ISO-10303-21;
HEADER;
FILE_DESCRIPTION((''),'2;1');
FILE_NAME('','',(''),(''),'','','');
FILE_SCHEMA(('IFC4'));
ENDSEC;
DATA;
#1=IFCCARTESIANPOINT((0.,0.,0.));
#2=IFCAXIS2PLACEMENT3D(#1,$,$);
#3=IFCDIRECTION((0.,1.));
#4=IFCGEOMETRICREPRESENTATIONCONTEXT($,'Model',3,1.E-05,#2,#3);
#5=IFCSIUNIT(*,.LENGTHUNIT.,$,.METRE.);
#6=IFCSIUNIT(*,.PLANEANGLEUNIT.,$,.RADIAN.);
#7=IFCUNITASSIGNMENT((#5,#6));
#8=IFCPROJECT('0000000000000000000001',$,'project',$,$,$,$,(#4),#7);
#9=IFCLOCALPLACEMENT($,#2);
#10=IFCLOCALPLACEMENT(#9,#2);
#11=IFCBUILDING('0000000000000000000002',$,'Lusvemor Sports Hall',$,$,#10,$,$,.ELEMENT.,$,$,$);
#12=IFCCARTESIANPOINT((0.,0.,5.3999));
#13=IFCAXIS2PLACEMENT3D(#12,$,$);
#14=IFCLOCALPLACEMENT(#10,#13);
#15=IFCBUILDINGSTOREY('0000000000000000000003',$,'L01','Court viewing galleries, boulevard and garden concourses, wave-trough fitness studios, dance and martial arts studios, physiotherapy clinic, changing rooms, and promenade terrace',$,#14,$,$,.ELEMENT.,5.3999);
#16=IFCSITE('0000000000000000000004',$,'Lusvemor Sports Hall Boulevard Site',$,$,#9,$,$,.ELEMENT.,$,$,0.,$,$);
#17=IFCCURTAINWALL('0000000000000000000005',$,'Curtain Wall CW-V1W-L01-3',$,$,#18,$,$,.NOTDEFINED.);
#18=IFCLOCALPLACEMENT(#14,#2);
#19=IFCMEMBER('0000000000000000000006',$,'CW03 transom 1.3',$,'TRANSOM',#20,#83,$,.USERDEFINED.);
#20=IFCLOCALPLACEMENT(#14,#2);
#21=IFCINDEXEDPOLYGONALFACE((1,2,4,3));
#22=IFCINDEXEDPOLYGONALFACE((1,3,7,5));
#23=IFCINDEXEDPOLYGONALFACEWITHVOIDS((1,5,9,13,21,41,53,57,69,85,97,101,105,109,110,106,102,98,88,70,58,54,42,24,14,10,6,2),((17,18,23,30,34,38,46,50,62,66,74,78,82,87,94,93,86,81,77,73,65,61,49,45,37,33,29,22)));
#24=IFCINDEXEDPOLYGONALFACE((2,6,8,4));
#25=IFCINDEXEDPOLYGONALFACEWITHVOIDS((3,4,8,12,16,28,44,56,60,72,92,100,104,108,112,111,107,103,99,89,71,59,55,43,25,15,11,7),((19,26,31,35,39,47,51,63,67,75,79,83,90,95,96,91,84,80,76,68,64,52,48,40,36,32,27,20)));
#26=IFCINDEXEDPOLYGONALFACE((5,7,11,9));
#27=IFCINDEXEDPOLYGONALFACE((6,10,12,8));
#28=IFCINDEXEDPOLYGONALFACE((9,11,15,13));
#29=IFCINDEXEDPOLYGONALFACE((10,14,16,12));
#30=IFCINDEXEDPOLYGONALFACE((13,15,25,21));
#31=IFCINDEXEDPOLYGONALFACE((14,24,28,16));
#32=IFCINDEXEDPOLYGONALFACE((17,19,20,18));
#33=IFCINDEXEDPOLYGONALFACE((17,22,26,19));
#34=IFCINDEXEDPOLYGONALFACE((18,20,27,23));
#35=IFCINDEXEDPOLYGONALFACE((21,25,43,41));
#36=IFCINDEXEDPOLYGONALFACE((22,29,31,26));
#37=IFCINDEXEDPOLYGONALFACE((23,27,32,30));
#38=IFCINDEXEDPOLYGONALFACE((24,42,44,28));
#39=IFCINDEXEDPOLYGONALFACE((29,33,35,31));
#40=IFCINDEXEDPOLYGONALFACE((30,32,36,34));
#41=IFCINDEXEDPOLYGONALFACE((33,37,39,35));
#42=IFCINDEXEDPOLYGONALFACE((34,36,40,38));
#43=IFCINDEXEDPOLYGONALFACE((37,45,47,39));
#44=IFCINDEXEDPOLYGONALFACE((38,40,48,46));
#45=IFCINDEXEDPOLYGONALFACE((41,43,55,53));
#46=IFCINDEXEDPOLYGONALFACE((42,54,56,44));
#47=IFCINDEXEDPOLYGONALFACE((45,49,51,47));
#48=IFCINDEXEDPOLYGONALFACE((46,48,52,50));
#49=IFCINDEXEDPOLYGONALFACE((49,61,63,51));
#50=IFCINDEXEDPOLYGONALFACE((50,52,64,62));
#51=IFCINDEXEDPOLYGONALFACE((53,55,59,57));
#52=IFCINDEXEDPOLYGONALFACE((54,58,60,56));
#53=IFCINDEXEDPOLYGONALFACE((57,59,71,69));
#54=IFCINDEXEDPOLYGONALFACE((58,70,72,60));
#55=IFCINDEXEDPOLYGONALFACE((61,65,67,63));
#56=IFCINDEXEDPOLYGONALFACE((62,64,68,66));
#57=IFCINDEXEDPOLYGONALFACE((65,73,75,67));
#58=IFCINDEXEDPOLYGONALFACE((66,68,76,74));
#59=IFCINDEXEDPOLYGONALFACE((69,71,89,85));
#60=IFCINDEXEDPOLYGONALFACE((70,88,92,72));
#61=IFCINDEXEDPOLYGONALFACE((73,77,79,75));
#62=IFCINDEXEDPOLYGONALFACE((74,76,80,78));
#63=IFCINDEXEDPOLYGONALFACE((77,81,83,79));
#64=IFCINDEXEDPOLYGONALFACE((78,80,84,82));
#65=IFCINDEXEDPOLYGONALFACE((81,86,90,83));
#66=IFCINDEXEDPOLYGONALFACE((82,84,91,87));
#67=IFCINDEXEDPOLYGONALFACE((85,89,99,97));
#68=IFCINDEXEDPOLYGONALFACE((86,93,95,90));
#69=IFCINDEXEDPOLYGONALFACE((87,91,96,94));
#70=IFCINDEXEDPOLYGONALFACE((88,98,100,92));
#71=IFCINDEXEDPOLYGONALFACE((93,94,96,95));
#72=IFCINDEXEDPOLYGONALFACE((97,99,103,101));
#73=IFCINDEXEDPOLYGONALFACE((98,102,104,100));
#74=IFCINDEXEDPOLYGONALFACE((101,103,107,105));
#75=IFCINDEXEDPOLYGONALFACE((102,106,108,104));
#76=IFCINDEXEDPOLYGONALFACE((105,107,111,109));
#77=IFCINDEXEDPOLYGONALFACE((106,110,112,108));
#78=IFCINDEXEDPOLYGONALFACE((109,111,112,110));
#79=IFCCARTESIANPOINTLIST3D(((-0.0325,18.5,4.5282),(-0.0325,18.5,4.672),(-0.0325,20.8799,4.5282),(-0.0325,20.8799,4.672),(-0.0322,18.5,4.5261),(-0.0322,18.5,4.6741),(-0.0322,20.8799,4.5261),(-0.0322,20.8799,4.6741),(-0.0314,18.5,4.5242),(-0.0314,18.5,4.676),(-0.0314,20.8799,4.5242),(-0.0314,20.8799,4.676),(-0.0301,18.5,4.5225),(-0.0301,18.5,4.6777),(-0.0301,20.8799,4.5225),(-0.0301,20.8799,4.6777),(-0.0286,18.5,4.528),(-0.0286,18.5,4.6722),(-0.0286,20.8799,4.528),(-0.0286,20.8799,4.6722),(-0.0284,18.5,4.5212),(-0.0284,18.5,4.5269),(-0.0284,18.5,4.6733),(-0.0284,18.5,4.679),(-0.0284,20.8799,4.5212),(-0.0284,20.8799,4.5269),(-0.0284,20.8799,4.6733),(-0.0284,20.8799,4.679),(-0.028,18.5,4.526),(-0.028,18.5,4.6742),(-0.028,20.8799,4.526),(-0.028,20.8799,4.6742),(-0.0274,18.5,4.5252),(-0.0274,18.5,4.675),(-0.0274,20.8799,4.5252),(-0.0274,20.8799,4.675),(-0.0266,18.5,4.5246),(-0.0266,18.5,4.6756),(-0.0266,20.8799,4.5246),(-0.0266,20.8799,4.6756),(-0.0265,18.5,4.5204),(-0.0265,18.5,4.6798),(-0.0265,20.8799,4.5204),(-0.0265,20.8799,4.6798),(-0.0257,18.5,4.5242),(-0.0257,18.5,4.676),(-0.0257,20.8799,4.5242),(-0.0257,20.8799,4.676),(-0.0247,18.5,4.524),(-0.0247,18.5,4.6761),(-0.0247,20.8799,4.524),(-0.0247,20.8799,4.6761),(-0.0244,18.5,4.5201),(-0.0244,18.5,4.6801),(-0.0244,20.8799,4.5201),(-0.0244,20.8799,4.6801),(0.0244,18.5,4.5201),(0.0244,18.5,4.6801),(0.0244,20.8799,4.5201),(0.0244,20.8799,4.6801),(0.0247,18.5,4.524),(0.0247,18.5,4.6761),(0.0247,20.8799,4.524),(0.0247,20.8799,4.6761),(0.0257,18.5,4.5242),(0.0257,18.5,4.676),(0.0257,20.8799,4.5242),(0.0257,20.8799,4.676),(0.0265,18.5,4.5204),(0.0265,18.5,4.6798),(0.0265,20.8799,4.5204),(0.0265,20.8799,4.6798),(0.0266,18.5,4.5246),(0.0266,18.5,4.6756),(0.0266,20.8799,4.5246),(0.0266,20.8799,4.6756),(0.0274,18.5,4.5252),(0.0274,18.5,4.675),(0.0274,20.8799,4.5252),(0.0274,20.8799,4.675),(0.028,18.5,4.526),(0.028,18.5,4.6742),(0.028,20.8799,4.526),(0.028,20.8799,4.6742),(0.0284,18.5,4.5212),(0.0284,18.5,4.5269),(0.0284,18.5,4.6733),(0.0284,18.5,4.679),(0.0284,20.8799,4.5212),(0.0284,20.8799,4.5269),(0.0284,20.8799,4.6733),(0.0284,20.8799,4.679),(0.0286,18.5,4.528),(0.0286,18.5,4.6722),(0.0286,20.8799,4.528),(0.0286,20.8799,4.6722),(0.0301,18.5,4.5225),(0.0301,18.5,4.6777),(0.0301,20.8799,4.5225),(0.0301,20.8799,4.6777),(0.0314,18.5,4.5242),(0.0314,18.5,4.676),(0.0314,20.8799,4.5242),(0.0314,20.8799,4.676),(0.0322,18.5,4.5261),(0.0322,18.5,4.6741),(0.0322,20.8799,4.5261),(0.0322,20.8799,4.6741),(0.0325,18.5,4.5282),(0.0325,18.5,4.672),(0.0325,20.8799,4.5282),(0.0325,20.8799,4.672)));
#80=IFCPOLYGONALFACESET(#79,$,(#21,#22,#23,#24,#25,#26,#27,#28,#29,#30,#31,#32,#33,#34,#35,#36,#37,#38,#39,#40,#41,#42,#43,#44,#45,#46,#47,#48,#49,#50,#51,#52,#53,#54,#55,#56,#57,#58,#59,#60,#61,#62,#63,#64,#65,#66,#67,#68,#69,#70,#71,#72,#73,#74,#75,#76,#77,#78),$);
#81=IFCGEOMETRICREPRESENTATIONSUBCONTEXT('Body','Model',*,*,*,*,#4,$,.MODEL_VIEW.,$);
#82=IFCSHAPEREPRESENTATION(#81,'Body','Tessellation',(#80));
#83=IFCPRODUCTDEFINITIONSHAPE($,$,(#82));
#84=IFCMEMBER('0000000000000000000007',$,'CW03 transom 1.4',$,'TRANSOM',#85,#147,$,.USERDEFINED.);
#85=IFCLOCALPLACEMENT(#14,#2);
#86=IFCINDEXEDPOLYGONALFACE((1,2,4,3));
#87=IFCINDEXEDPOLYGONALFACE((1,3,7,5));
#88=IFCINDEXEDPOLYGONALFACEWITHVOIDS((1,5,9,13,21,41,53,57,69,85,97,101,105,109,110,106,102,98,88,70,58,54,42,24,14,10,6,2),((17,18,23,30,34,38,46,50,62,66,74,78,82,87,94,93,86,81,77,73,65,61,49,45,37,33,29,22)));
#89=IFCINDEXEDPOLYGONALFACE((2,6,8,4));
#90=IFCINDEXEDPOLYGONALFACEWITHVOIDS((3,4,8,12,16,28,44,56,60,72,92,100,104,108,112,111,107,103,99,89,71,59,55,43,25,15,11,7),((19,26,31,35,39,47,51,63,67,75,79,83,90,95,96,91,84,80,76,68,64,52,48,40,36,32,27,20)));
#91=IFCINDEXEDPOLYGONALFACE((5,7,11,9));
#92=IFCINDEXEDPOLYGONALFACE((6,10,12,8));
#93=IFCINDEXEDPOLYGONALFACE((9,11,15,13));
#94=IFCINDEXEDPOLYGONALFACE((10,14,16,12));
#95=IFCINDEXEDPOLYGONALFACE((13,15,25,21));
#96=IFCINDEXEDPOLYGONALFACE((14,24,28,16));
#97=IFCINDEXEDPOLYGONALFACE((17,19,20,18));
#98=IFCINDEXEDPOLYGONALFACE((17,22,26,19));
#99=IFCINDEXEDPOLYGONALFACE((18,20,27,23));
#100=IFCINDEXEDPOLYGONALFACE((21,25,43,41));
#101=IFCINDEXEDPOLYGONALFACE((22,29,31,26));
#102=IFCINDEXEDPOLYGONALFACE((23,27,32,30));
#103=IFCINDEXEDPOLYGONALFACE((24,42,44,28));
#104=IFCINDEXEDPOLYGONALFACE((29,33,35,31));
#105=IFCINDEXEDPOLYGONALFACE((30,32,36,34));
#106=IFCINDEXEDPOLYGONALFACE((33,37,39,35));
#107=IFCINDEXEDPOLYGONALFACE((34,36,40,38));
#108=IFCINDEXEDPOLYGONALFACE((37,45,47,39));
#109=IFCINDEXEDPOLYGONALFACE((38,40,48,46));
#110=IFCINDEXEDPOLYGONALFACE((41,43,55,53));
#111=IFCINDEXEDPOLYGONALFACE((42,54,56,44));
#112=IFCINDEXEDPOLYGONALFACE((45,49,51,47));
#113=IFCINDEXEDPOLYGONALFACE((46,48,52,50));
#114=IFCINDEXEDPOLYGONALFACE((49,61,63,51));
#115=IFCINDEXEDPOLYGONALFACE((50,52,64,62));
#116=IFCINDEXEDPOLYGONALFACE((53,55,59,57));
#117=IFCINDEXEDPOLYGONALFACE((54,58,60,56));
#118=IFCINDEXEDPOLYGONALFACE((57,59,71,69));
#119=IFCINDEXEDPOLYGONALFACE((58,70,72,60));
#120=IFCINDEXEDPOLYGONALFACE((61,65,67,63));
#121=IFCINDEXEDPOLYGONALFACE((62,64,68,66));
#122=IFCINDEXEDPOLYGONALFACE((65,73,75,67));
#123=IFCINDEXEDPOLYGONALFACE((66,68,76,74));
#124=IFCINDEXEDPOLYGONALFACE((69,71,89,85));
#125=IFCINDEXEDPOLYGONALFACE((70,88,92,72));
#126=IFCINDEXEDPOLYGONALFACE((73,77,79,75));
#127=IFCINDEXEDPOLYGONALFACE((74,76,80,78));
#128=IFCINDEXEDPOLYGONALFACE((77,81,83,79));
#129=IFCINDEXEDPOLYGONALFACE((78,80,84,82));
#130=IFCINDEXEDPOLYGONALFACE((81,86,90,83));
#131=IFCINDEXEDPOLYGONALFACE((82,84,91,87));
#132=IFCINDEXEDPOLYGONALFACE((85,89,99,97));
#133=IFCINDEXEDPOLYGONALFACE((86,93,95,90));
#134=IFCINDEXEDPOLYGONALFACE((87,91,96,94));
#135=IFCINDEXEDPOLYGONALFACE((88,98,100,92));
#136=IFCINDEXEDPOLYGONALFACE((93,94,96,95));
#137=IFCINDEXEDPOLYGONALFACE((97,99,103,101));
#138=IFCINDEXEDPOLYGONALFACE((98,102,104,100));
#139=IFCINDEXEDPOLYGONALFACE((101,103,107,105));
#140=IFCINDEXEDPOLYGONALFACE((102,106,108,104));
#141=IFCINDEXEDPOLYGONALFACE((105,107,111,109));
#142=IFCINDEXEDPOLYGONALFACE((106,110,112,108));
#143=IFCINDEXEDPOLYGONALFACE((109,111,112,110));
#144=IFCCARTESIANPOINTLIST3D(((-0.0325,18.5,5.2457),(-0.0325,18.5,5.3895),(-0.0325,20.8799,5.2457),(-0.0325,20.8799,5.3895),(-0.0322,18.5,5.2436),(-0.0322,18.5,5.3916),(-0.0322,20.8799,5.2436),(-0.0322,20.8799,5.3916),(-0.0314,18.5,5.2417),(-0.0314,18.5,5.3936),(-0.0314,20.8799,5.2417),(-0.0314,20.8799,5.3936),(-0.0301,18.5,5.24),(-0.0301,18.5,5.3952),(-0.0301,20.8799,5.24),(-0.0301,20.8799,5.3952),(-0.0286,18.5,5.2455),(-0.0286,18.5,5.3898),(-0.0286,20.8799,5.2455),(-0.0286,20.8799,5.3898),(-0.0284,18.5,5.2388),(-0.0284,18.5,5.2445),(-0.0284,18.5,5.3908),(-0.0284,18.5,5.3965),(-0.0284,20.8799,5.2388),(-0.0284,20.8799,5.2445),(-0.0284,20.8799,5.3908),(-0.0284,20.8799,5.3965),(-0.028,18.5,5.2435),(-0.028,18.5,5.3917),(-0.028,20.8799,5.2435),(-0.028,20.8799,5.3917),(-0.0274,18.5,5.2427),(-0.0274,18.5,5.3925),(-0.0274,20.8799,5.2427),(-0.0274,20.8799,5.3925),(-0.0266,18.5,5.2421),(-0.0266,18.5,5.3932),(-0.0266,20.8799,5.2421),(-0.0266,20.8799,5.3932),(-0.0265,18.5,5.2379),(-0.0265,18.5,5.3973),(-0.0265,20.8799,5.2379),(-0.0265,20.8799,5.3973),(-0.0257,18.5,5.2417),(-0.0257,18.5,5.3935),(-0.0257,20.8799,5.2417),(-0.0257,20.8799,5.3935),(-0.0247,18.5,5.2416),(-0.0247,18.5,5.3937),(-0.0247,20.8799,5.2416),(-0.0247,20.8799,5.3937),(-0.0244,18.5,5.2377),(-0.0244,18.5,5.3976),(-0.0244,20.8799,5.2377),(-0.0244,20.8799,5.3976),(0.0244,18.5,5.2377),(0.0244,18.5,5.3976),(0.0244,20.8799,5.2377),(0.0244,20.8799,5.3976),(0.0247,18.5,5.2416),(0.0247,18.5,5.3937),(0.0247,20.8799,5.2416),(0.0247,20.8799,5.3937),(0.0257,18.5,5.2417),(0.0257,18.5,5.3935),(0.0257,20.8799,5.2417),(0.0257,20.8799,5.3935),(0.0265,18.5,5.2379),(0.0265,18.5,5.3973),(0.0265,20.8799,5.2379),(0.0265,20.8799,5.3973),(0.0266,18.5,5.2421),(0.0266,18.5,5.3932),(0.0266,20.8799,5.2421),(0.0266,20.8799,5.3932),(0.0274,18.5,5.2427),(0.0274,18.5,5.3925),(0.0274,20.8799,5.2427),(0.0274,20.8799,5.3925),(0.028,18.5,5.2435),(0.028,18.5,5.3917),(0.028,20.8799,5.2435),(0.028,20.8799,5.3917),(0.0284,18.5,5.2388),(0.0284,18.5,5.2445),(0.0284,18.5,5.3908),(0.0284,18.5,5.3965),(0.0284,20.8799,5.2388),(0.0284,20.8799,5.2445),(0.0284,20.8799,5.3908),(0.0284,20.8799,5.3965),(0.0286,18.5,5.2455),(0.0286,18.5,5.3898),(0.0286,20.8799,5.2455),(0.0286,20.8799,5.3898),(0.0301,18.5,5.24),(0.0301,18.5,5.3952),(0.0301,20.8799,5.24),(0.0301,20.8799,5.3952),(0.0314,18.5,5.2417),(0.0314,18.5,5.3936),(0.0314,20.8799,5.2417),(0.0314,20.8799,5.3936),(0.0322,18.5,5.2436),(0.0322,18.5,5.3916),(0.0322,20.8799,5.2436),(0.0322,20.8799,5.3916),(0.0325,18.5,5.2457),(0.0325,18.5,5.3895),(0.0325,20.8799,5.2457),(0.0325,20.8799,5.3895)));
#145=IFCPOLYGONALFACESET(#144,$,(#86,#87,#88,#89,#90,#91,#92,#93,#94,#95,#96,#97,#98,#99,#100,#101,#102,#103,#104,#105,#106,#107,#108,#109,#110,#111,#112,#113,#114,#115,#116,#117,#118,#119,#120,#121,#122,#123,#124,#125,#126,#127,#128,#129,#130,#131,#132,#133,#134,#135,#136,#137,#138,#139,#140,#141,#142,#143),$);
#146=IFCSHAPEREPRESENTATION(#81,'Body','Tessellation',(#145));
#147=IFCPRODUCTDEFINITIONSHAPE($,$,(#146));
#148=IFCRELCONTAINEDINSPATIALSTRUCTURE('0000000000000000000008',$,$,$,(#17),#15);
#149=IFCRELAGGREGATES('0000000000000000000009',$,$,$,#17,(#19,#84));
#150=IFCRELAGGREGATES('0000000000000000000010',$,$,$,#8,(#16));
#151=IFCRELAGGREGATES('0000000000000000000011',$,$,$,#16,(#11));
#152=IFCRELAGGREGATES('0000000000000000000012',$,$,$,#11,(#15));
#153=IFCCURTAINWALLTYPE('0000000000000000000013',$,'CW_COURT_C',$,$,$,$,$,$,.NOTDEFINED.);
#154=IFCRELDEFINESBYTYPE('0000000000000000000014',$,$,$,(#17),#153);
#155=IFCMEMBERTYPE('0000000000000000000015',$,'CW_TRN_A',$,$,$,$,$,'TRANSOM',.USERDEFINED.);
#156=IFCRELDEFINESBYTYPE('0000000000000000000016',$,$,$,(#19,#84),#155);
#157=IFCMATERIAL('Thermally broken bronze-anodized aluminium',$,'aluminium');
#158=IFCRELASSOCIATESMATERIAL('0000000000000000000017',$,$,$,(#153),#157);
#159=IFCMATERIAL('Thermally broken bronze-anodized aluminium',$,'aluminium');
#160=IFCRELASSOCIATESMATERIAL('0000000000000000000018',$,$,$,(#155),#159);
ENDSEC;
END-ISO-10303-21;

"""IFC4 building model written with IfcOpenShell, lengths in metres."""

from ifc_helpers import new_model, si_unit, direction, frame, origin, origin_2d, place, context, subcontext, project, spatial, hollow_rectangle, extrude, material, material_profile, profile_set, type_object, element, aggregate, save


model = new_model("IFC4")

# Units and contexts
model_context = context("Model", 3, precision=1e-05, world=origin(), true_north=direction((0.0, 1.0)))
body_context = subcontext(model_context, "Body", "Model", "MODEL_VIEW")
ifc_project = project(units=[si_unit("LENGTHUNIT", "METRE"), si_unit("PLANEANGLEUNIT", "RADIAN")], contexts=[model_context])

# Site, building, storey
site_placement = place(None, origin())
site = spatial("IfcSite", under=ifc_project, at=site_placement, Name="Lusvemor Sports Hall Boulevard Site", CompositionType="ELEMENT", RefElevation=0.0)
building_placement = place(site_placement, origin())
building = spatial("IfcBuilding", under=site, at=building_placement, Name="Lusvemor Sports Hall", CompositionType="ELEMENT")
storey_placement = place(building_placement, frame((0.0, 0.0, 5.3999)))
storey = spatial("IfcBuildingStorey", under=building, at=storey_placement, Name="L01", Description="Court viewing galleries, boulevard and garden concourses, wave-trough fitness studios, dance and martial arts studios, physiotherapy clinic, changing rooms, and promenade terrace", CompositionType="ELEMENT", Elevation=5.3999)

# Shared definitions
ifc_material_1 = material(Name="Thermally broken bronze-anodized aluminium", Category="aluminium")
curtain_wall_type = type_object("IfcCurtainWallType", Name="CW_COURT_C", PredefinedType="NOTDEFINED", material=ifc_material_1)

# Curtain wall, members
curtain_wall_1_placement = place(storey_placement, origin())
curtain_wall_1 = element("IfcCurtainWall", 1, at=curtain_wall_1_placement, inside=storey, type_object=curtain_wall_type, Name="Curtain Wall CW-V1W-L01-3", PredefinedType="NOTDEFINED")
ifc_material_2 = material(Name="Thermally broken bronze-anodized aluminium", Category="aluminium")
ifc_material_profile_1 = material_profile(ifc_material_2, hollow_rectangle(XDim=0.0649, YDim=0.1599, WallThickness=0.0039, InnerFilletRadius=0.0039, OuterFilletRadius=0.0081, at=origin_2d()), Name="CWTRN160x65x4")
ifc_profile_set_1 = profile_set([ifc_material_profile_1], Name="Thermally broken bronze-anodized aluminium")
member_type_1 = type_object("IfcMemberType", Name="CW_TRN_A", ElementType="TRANSOM", PredefinedType="USERDEFINED", material=ifc_profile_set_1)
member_1_placement = place(storey_placement, frame((0.0, 18.5, 4.6001), z_axis=(0.0, 1.0, 0.0), x_axis=(-1.0, 0.0, 0.0)))
member_1 = element("IfcMember", 2, at=member_1_placement, type_object=member_type_1, Name="CW03 transom 1.3", ObjectType="TRANSOM", PredefinedType="USERDEFINED", context=body_context, shape_type="SweptSolid", body=[
    extrude(hollow_rectangle(XDim=0.0649, YDim=0.1599, WallThickness=0.0039, InnerFilletRadius=0.0039, OuterFilletRadius=0.0081, at=origin_2d()), origin(), (0.0, 0.0, 1.0), 2.3799),
])
member_2_placement = place(storey_placement, frame((0.0, 18.5, 5.3176), z_axis=(0.0, 1.0, 0.0), x_axis=(-1.0, 0.0, 0.0)))
member_2 = element("IfcMember", 3, at=member_2_placement, type_object=member_type_1, Name="CW03 transom 1.4", ObjectType="TRANSOM", PredefinedType="USERDEFINED", context=body_context, shape_type="SweptSolid", body=[
    extrude(hollow_rectangle(XDim=0.0649, YDim=0.1599, WallThickness=0.0039, InnerFilletRadius=0.0039, OuterFilletRadius=0.0081, at=origin_2d()), origin(), (0.0, 0.0, 1.0), 2.3799),
])
aggregate(curtain_wall_1, [member_1, member_2])

save(model, "model.ifc")
